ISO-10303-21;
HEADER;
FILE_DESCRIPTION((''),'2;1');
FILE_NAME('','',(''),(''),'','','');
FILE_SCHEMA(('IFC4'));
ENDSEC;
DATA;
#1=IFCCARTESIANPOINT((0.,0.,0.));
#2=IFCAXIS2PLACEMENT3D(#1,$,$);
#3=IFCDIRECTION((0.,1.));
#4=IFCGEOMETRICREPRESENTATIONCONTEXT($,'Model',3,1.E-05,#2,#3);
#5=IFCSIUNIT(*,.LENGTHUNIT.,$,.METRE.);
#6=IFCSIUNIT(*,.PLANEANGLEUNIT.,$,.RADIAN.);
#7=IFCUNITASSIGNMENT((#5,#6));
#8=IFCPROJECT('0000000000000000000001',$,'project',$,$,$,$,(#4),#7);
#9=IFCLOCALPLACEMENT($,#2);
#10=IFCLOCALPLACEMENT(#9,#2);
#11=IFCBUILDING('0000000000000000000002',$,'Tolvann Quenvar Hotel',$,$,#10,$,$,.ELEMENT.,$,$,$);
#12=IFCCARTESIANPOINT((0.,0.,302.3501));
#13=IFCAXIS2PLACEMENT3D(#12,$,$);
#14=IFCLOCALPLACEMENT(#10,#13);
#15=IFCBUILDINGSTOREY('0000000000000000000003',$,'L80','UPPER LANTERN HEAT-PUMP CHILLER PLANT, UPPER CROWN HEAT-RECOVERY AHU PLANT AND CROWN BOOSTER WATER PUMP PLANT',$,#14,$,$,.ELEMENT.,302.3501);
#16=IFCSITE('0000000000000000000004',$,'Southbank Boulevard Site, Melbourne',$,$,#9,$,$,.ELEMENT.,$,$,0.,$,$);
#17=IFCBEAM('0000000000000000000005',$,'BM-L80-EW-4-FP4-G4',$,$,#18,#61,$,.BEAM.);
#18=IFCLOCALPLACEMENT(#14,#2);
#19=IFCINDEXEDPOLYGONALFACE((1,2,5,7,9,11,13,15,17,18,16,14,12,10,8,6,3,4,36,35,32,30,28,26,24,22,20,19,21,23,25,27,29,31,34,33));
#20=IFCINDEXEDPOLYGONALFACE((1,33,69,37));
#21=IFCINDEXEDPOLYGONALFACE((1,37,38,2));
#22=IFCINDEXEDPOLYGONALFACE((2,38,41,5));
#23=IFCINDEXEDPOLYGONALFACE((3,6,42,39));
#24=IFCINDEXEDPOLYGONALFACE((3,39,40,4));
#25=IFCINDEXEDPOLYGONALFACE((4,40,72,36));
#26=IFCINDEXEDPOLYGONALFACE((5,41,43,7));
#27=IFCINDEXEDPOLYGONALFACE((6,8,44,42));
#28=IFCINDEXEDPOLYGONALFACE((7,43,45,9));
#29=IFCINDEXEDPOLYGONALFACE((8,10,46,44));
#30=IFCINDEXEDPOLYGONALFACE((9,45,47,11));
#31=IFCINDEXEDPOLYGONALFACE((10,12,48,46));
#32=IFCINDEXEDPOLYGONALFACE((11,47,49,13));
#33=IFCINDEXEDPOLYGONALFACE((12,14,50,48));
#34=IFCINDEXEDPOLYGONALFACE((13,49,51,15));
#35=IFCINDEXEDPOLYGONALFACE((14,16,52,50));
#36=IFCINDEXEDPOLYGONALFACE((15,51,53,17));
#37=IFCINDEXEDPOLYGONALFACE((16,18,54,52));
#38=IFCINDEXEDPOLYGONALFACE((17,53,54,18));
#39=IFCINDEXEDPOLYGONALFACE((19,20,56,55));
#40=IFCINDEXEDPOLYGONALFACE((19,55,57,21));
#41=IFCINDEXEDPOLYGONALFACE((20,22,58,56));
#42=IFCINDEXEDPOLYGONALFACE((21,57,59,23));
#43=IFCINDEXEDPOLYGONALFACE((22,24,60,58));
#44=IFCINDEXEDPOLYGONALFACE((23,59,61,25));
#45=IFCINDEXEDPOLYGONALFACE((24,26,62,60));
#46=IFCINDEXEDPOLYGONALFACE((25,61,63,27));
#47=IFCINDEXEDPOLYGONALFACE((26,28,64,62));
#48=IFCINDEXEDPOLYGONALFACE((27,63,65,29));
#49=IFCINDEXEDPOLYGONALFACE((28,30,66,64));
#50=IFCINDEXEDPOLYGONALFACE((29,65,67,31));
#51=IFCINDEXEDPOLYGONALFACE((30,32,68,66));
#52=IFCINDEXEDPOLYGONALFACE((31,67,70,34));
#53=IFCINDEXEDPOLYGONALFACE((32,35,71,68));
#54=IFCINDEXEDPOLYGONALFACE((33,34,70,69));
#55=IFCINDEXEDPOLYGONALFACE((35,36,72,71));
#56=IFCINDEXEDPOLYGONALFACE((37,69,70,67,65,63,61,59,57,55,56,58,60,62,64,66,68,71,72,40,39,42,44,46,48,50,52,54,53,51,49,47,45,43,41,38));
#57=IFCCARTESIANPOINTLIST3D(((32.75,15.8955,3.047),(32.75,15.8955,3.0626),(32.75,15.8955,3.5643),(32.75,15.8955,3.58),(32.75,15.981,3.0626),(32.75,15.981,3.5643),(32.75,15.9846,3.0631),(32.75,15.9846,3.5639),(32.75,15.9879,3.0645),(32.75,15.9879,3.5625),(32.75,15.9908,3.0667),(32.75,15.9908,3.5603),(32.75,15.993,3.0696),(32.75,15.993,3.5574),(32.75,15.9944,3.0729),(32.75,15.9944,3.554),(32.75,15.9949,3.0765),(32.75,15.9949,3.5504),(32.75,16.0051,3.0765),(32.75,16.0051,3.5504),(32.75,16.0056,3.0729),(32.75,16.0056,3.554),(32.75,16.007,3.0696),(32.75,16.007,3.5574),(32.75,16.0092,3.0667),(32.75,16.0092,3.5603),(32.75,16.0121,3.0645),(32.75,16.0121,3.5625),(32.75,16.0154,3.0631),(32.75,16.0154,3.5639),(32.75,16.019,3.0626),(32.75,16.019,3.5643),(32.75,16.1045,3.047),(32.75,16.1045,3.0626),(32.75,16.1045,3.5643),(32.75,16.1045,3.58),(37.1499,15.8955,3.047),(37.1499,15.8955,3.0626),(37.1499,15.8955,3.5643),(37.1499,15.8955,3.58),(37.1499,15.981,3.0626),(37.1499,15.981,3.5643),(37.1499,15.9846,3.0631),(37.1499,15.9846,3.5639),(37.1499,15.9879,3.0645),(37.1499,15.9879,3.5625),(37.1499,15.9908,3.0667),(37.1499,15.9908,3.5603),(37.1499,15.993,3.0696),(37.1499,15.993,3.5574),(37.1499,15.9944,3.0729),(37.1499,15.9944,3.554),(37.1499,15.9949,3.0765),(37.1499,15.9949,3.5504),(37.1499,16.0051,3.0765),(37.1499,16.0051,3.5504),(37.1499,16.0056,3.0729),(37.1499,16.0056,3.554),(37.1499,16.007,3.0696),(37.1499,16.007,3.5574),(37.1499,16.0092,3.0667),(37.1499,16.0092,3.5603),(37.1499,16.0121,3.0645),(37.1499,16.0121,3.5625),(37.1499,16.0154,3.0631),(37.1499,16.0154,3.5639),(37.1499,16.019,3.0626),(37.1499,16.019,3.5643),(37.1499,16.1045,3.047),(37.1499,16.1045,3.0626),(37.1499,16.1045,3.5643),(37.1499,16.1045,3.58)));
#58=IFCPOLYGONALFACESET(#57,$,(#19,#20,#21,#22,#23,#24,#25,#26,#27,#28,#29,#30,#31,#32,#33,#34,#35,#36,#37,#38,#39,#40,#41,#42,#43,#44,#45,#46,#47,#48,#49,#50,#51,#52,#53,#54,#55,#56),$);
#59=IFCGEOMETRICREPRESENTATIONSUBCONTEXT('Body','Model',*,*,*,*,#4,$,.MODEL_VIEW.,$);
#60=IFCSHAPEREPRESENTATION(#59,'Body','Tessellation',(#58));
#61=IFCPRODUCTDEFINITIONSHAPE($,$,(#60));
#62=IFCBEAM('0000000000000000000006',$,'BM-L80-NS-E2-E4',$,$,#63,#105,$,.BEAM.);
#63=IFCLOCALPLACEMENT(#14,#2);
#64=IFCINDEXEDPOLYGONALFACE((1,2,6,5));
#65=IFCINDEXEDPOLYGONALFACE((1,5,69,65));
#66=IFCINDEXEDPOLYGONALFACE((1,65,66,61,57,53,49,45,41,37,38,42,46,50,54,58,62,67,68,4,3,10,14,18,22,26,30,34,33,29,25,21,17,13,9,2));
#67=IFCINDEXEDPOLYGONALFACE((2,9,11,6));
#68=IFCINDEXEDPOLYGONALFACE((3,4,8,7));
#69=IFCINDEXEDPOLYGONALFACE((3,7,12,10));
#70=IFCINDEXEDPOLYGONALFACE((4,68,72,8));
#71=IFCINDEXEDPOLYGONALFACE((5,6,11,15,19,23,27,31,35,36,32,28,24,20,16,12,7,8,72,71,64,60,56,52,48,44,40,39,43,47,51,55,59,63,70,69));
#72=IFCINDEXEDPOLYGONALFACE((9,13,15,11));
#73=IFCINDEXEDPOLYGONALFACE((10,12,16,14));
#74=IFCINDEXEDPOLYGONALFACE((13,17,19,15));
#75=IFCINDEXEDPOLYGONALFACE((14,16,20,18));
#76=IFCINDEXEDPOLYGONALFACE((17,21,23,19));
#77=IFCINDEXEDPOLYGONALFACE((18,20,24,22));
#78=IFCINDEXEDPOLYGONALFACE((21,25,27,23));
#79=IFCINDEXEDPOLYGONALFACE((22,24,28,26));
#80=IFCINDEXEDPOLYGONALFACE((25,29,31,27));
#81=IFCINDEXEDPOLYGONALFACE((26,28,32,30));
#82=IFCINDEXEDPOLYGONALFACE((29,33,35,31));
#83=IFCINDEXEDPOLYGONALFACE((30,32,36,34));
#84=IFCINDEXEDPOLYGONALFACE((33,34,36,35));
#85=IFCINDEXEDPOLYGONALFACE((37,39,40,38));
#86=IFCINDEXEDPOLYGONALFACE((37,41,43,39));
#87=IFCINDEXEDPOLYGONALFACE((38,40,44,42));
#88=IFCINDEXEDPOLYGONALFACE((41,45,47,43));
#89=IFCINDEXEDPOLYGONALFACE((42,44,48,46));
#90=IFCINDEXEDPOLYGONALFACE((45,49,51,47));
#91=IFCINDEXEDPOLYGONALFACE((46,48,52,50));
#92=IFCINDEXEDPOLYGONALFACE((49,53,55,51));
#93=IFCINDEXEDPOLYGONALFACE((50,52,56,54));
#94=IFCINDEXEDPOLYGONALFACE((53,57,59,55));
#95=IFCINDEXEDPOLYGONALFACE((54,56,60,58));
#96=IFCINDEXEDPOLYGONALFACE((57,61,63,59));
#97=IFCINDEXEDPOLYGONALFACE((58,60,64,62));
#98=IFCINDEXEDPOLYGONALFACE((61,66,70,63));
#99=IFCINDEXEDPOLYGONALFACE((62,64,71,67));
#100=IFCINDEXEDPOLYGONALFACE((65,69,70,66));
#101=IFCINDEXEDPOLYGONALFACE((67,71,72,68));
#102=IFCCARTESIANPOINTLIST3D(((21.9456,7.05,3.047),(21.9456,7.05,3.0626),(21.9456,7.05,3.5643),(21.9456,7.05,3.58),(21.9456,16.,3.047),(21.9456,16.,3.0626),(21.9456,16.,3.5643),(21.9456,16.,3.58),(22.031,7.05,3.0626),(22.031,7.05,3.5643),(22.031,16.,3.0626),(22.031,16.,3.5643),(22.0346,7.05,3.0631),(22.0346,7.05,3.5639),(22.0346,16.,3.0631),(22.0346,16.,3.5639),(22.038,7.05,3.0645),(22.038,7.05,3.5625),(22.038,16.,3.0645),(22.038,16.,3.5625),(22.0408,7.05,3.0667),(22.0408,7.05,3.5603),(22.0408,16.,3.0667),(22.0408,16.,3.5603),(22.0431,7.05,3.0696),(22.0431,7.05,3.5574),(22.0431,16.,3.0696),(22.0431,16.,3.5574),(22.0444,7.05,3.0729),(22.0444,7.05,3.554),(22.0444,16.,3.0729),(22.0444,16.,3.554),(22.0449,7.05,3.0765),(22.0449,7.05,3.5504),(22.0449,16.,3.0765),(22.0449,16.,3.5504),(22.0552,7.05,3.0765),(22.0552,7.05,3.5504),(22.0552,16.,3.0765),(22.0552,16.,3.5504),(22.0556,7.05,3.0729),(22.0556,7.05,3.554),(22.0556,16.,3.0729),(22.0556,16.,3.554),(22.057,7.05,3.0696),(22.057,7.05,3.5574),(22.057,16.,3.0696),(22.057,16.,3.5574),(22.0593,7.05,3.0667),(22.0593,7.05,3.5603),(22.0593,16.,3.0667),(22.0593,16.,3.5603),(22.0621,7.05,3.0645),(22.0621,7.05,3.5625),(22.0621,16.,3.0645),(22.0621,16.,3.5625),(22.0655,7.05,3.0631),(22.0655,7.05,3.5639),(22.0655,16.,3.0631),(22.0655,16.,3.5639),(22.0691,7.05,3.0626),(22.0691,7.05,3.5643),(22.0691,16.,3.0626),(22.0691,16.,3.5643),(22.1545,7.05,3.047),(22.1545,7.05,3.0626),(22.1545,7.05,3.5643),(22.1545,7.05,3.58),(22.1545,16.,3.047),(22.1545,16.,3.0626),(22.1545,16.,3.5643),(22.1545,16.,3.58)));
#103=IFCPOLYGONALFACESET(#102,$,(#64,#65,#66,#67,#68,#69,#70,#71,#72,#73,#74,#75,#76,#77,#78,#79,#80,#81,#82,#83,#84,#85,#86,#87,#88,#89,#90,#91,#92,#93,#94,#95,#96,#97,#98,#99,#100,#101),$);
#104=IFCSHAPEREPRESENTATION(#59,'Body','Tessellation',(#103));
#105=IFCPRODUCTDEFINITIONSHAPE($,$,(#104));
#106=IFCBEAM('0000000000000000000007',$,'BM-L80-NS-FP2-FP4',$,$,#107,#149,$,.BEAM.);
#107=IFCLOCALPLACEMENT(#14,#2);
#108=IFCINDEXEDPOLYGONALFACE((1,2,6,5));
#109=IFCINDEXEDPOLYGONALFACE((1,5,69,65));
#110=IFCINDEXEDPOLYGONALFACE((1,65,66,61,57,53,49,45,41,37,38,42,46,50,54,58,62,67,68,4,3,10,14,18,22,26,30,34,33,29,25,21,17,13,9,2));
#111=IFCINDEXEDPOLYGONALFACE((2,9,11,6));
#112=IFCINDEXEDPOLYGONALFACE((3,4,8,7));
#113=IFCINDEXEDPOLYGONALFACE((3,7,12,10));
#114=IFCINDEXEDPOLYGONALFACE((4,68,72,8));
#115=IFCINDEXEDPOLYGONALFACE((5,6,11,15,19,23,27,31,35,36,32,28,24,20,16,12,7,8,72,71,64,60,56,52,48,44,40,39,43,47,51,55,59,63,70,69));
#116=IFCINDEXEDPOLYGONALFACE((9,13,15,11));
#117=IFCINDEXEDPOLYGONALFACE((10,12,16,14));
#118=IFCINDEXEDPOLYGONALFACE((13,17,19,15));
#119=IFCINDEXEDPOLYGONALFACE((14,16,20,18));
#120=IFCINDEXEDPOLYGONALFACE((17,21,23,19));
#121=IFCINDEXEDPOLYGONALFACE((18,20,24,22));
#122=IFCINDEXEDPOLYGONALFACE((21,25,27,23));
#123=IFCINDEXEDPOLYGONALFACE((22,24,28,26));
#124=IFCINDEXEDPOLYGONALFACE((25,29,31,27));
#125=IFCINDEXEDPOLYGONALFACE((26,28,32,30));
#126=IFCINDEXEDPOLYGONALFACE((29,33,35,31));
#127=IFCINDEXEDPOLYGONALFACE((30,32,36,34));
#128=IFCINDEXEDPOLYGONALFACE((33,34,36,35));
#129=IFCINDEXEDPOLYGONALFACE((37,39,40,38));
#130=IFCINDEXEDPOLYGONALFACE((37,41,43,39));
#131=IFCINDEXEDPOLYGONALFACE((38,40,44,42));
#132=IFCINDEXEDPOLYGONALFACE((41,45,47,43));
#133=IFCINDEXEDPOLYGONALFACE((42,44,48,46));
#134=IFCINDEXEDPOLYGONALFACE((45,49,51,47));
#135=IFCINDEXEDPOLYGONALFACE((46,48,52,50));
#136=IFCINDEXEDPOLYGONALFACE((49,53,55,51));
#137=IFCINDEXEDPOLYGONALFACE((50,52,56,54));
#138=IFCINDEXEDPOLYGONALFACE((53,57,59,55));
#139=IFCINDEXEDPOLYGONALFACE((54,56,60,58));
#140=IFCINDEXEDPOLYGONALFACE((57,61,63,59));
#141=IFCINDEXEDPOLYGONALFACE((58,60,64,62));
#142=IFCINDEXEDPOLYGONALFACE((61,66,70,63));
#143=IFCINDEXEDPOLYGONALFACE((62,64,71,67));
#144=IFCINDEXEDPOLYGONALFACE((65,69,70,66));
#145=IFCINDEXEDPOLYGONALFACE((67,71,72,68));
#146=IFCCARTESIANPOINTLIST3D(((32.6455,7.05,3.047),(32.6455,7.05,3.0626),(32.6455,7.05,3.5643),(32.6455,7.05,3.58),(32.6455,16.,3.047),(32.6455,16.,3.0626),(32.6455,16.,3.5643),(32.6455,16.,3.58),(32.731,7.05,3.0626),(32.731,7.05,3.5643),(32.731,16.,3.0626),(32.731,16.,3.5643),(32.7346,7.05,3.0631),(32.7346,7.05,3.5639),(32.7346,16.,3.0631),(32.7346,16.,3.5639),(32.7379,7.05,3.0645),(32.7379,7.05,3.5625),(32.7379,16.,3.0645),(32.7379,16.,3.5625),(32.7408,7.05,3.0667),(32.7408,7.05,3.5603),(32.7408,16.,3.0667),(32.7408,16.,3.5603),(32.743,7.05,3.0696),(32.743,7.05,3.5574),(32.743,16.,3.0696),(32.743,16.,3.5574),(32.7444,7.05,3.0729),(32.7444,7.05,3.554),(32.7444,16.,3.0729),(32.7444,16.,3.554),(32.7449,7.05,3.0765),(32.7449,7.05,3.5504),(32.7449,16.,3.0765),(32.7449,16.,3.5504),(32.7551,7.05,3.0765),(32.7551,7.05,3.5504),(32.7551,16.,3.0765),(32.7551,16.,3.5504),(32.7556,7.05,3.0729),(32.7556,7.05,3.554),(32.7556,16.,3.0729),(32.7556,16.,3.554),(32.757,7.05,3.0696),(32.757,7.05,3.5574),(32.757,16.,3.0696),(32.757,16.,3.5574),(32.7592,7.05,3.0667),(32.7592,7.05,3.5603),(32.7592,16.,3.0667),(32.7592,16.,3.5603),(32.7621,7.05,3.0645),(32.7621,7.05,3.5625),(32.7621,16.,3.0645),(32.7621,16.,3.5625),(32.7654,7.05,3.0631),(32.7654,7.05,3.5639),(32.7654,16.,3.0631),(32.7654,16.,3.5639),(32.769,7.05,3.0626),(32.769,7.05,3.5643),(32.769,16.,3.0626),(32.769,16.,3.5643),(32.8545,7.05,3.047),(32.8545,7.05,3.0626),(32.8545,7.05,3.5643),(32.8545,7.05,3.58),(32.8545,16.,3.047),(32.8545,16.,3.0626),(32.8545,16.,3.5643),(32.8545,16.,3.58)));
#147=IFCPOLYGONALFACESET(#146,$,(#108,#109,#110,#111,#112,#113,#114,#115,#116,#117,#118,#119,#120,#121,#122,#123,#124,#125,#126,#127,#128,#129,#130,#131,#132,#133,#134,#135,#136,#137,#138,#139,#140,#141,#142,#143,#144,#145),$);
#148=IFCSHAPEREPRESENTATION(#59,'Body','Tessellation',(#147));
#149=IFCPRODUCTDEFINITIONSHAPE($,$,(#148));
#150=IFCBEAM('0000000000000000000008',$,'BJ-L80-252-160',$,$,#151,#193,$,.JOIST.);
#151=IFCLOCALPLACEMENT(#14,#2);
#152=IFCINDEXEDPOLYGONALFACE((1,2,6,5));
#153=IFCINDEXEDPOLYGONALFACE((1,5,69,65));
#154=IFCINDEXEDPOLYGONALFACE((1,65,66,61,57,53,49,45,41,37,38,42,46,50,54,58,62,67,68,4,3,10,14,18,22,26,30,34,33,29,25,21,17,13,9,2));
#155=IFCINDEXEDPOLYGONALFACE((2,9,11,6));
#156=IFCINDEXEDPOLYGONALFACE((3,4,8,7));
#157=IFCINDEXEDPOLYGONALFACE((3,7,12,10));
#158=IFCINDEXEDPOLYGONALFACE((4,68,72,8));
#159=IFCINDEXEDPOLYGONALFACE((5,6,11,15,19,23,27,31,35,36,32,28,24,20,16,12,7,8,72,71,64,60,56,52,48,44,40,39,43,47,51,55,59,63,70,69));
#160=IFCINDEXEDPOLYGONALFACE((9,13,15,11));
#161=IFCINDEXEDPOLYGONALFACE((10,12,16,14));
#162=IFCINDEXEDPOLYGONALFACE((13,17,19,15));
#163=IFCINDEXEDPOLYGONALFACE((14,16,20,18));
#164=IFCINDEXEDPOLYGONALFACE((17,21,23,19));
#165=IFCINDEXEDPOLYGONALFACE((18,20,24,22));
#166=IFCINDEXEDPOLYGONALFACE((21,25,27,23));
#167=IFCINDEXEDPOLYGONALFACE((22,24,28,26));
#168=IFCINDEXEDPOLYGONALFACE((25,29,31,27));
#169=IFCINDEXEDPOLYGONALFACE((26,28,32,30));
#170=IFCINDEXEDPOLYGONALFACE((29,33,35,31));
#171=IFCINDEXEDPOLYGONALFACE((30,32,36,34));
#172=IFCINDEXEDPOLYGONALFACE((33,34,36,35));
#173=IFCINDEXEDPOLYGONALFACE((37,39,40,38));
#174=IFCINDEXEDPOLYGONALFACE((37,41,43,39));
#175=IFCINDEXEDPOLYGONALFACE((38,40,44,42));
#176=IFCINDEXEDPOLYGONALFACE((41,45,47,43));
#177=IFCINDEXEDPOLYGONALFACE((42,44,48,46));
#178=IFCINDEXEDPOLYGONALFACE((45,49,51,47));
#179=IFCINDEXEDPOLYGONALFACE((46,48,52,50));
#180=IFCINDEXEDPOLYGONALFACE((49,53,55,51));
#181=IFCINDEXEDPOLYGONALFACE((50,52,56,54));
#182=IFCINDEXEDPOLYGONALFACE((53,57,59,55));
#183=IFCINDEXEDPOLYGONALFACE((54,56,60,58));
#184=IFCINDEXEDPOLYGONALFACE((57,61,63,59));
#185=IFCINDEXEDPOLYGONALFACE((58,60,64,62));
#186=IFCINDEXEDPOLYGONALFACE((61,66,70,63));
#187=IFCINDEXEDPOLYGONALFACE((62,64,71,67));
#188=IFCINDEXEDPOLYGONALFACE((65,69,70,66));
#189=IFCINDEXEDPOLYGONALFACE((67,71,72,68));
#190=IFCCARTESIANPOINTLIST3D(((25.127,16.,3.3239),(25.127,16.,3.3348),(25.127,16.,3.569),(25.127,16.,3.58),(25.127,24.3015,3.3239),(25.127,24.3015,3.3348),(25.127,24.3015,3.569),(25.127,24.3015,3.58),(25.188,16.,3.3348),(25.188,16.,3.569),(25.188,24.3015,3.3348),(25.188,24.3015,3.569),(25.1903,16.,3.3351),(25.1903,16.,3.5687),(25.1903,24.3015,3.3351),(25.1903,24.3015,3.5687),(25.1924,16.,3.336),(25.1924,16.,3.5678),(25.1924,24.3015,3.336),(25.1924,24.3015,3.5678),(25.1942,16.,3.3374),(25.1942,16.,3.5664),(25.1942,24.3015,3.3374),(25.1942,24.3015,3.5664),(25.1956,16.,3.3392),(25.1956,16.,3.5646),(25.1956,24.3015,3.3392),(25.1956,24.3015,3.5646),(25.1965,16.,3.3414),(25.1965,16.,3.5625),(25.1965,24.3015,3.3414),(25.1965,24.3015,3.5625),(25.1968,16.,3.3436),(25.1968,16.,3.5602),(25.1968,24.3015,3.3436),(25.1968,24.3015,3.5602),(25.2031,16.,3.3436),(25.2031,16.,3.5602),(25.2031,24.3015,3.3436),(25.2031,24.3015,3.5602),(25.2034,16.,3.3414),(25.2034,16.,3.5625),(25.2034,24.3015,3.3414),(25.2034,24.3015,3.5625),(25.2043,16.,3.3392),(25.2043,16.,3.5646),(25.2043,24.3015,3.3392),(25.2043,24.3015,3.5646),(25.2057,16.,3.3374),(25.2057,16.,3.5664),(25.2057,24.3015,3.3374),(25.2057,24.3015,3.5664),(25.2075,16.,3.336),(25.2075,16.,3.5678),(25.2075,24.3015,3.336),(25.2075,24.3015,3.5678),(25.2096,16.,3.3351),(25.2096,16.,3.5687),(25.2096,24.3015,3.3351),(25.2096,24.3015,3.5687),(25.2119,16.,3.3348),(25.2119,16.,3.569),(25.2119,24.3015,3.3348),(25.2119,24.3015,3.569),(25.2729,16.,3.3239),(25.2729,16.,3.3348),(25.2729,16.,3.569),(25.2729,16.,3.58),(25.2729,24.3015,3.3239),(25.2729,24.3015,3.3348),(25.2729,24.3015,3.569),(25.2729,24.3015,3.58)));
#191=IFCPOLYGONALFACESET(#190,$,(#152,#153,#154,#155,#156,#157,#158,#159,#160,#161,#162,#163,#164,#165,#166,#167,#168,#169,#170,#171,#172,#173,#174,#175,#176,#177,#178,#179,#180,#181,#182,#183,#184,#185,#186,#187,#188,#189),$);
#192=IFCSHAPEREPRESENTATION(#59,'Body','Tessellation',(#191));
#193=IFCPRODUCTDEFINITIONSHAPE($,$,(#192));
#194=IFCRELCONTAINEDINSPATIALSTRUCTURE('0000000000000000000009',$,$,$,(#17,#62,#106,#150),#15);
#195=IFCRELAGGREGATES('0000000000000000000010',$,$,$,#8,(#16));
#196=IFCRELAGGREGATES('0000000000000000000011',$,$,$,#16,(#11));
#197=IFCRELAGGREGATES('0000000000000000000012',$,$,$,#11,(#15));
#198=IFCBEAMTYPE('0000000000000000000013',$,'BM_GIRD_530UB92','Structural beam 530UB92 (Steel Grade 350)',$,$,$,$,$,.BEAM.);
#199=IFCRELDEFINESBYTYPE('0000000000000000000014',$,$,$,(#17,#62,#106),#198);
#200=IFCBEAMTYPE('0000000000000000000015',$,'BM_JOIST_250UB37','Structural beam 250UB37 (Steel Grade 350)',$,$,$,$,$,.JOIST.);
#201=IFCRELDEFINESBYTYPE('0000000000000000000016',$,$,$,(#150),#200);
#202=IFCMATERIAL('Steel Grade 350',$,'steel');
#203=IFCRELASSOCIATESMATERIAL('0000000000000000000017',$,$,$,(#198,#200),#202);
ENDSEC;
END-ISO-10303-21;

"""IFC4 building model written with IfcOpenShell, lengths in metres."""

from ifc_helpers import new_model, si_unit, direction, frame, origin, origin_2d, place, context, subcontext, project, spatial, i_section, extrude, source, transform, mapped, material, material_profile, profile_set, type_object, type_shapes, element, save


model = new_model("IFC4")

# Units and contexts
model_context = context("Model", 3, precision=1e-05, world=origin(), true_north=direction((0.0, 1.0)))
body_context = subcontext(model_context, "Body", "Model", "MODEL_VIEW")
ifc_project = project(units=[si_unit("LENGTHUNIT", "METRE"), si_unit("PLANEANGLEUNIT", "RADIAN")], contexts=[model_context])

# Site, building, storey
site_placement = place(None, origin())
site = spatial("IfcSite", under=ifc_project, at=site_placement, Name="Southbank Boulevard Site, Melbourne", CompositionType="ELEMENT", RefElevation=0.0)
building_placement = place(site_placement, origin())
building = spatial("IfcBuilding", under=site, at=building_placement, Name="Tolvann Quenvar Hotel", CompositionType="ELEMENT")
storey_placement = place(building_placement, frame((0.0, 0.0, 302.3501)))
storey = spatial("IfcBuildingStorey", under=building, at=storey_placement, Name="L80", Description="UPPER LANTERN HEAT-PUMP CHILLER PLANT, UPPER CROWN HEAT-RECOVERY AHU PLANT AND CROWN BOOSTER WATER PUMP PLANT", CompositionType="ELEMENT", Elevation=302.3501)

# Shared definitions
ifc_material_1 = material(Name="Steel Grade 350", Category="steel")

# Beams
ifc_material_profile_1 = material_profile(ifc_material_1, i_section(OverallWidth=0.209, OverallDepth=0.533, WebThickness=0.0103, FlangeThickness=0.0156, FilletRadius=0.0139, at=origin_2d()), Name="530UB92")
ifc_profile_set_1 = profile_set([ifc_material_profile_1], Name="Steel Grade 350")
beam_type_1 = type_object("IfcBeamType", Name="BM_GIRD_530UB92", Description="Structural beam 530UB92 (Steel Grade 350)", PredefinedType="BEAM", material=ifc_profile_set_1)
shared_shape_1 = source(origin(), body_context, "Body", "SweptSolid", [
    extrude(i_section(OverallWidth=0.209, OverallDepth=0.533, WebThickness=0.0103, FlangeThickness=0.0156, FilletRadius=0.0139, at=origin_2d()), origin(), (0.0, 0.0, 1.0), 4.3999),
])
beam_1_placement = place(storey_placement, frame((32.75, 16.0, 3.3135), z_axis=(1.0, 0.0, 0.0), x_axis=(0.0, 1.0, 0.0)))
element("IfcBeam", 1, at=beam_1_placement, inside=storey, type_object=beam_type_1, Name="BM-L80-EW-4-FP4-G4", PredefinedType="BEAM", context=body_context, shape_type="MappedRepresentation", body=[
    mapped(shared_shape_1, transform((0.0, 0.0, 0.0), x_axis=(1.0, 0.0, 0.0), y_axis=(0.0, 1.0, 0.0), z_axis=(0.0, 0.0, 1.0), scale=1.0)),
])
shared_shape_2 = source(origin(), body_context, "Body", "SweptSolid", [
    extrude(i_section(OverallWidth=0.209, OverallDepth=0.533, WebThickness=0.0103, FlangeThickness=0.0156, FilletRadius=0.0139, at=origin_2d()), origin(), (0.0, 0.0, 1.0), 8.95),
])
for number, where, z_axis, x_axis, name in (
    (2, (22.05, 7.05, 3.3135), (0.0, 1.0, 0.0), (-1.0, 0.0, 0.0), "BM-L80-NS-E2-E4"),
    (3, (32.75, 7.05, 3.3135), (0.0, 1.0, 0.0), (-1.0, 0.0, 0.0), "BM-L80-NS-FP2-FP4"),
):
    element("IfcBeam", number, at=place(storey_placement, frame(where, z_axis=z_axis, x_axis=x_axis)), inside=storey, type_object=beam_type_1, Name=name, PredefinedType="BEAM", context=body_context, shape_type="MappedRepresentation", body=[
        mapped(shared_shape_2, transform((0.0, 0.0, 0.0), x_axis=(1.0, 0.0, 0.0), y_axis=(0.0, 1.0, 0.0), z_axis=(0.0, 0.0, 1.0), scale=1.0)),
    ])
ifc_material_profile_2 = material_profile(ifc_material_1, i_section(OverallWidth=0.146, OverallDepth=0.2561, WebThickness=0.0063, FlangeThickness=0.011, FilletRadius=0.0088, at=origin_2d()), Name="250UB37")
ifc_profile_set_2 = profile_set([ifc_material_profile_2], Name="Steel Grade 350")
beam_type_2 = type_object("IfcBeamType", Name="BM_JOIST_250UB37", Description="Structural beam 250UB37 (Steel Grade 350)", PredefinedType="JOIST", material=ifc_profile_set_2)
shared_shape_3 = source(origin(), body_context, "Body", "SweptSolid", [
    extrude(i_section(OverallWidth=0.146, OverallDepth=0.2561, WebThickness=0.0063, FlangeThickness=0.011, FilletRadius=0.0088, at=origin_2d()), origin(), (0.0, 0.0, 1.0), 8.3015),
])
type_shapes(beam_type_2, [shared_shape_3])
beam_2_placement = place(storey_placement, frame((25.2, 16.0, 3.4519), z_axis=(0.0, 1.0, 0.0), x_axis=(-1.0, 0.0, 0.0)))
element("IfcBeam", 4, at=beam_2_placement, inside=storey, type_object=beam_type_2, Name="BJ-L80-252-160", PredefinedType="JOIST", context=body_context, shape_type="MappedRepresentation", body=[
    mapped(shared_shape_3, transform((0.0, 0.0, 0.0), x_axis=(1.0, 0.0, 0.0), y_axis=(0.0, 1.0, 0.0), z_axis=(0.0, 0.0, 1.0), scale=1.0)),
])

save(model, "model.ifc")
